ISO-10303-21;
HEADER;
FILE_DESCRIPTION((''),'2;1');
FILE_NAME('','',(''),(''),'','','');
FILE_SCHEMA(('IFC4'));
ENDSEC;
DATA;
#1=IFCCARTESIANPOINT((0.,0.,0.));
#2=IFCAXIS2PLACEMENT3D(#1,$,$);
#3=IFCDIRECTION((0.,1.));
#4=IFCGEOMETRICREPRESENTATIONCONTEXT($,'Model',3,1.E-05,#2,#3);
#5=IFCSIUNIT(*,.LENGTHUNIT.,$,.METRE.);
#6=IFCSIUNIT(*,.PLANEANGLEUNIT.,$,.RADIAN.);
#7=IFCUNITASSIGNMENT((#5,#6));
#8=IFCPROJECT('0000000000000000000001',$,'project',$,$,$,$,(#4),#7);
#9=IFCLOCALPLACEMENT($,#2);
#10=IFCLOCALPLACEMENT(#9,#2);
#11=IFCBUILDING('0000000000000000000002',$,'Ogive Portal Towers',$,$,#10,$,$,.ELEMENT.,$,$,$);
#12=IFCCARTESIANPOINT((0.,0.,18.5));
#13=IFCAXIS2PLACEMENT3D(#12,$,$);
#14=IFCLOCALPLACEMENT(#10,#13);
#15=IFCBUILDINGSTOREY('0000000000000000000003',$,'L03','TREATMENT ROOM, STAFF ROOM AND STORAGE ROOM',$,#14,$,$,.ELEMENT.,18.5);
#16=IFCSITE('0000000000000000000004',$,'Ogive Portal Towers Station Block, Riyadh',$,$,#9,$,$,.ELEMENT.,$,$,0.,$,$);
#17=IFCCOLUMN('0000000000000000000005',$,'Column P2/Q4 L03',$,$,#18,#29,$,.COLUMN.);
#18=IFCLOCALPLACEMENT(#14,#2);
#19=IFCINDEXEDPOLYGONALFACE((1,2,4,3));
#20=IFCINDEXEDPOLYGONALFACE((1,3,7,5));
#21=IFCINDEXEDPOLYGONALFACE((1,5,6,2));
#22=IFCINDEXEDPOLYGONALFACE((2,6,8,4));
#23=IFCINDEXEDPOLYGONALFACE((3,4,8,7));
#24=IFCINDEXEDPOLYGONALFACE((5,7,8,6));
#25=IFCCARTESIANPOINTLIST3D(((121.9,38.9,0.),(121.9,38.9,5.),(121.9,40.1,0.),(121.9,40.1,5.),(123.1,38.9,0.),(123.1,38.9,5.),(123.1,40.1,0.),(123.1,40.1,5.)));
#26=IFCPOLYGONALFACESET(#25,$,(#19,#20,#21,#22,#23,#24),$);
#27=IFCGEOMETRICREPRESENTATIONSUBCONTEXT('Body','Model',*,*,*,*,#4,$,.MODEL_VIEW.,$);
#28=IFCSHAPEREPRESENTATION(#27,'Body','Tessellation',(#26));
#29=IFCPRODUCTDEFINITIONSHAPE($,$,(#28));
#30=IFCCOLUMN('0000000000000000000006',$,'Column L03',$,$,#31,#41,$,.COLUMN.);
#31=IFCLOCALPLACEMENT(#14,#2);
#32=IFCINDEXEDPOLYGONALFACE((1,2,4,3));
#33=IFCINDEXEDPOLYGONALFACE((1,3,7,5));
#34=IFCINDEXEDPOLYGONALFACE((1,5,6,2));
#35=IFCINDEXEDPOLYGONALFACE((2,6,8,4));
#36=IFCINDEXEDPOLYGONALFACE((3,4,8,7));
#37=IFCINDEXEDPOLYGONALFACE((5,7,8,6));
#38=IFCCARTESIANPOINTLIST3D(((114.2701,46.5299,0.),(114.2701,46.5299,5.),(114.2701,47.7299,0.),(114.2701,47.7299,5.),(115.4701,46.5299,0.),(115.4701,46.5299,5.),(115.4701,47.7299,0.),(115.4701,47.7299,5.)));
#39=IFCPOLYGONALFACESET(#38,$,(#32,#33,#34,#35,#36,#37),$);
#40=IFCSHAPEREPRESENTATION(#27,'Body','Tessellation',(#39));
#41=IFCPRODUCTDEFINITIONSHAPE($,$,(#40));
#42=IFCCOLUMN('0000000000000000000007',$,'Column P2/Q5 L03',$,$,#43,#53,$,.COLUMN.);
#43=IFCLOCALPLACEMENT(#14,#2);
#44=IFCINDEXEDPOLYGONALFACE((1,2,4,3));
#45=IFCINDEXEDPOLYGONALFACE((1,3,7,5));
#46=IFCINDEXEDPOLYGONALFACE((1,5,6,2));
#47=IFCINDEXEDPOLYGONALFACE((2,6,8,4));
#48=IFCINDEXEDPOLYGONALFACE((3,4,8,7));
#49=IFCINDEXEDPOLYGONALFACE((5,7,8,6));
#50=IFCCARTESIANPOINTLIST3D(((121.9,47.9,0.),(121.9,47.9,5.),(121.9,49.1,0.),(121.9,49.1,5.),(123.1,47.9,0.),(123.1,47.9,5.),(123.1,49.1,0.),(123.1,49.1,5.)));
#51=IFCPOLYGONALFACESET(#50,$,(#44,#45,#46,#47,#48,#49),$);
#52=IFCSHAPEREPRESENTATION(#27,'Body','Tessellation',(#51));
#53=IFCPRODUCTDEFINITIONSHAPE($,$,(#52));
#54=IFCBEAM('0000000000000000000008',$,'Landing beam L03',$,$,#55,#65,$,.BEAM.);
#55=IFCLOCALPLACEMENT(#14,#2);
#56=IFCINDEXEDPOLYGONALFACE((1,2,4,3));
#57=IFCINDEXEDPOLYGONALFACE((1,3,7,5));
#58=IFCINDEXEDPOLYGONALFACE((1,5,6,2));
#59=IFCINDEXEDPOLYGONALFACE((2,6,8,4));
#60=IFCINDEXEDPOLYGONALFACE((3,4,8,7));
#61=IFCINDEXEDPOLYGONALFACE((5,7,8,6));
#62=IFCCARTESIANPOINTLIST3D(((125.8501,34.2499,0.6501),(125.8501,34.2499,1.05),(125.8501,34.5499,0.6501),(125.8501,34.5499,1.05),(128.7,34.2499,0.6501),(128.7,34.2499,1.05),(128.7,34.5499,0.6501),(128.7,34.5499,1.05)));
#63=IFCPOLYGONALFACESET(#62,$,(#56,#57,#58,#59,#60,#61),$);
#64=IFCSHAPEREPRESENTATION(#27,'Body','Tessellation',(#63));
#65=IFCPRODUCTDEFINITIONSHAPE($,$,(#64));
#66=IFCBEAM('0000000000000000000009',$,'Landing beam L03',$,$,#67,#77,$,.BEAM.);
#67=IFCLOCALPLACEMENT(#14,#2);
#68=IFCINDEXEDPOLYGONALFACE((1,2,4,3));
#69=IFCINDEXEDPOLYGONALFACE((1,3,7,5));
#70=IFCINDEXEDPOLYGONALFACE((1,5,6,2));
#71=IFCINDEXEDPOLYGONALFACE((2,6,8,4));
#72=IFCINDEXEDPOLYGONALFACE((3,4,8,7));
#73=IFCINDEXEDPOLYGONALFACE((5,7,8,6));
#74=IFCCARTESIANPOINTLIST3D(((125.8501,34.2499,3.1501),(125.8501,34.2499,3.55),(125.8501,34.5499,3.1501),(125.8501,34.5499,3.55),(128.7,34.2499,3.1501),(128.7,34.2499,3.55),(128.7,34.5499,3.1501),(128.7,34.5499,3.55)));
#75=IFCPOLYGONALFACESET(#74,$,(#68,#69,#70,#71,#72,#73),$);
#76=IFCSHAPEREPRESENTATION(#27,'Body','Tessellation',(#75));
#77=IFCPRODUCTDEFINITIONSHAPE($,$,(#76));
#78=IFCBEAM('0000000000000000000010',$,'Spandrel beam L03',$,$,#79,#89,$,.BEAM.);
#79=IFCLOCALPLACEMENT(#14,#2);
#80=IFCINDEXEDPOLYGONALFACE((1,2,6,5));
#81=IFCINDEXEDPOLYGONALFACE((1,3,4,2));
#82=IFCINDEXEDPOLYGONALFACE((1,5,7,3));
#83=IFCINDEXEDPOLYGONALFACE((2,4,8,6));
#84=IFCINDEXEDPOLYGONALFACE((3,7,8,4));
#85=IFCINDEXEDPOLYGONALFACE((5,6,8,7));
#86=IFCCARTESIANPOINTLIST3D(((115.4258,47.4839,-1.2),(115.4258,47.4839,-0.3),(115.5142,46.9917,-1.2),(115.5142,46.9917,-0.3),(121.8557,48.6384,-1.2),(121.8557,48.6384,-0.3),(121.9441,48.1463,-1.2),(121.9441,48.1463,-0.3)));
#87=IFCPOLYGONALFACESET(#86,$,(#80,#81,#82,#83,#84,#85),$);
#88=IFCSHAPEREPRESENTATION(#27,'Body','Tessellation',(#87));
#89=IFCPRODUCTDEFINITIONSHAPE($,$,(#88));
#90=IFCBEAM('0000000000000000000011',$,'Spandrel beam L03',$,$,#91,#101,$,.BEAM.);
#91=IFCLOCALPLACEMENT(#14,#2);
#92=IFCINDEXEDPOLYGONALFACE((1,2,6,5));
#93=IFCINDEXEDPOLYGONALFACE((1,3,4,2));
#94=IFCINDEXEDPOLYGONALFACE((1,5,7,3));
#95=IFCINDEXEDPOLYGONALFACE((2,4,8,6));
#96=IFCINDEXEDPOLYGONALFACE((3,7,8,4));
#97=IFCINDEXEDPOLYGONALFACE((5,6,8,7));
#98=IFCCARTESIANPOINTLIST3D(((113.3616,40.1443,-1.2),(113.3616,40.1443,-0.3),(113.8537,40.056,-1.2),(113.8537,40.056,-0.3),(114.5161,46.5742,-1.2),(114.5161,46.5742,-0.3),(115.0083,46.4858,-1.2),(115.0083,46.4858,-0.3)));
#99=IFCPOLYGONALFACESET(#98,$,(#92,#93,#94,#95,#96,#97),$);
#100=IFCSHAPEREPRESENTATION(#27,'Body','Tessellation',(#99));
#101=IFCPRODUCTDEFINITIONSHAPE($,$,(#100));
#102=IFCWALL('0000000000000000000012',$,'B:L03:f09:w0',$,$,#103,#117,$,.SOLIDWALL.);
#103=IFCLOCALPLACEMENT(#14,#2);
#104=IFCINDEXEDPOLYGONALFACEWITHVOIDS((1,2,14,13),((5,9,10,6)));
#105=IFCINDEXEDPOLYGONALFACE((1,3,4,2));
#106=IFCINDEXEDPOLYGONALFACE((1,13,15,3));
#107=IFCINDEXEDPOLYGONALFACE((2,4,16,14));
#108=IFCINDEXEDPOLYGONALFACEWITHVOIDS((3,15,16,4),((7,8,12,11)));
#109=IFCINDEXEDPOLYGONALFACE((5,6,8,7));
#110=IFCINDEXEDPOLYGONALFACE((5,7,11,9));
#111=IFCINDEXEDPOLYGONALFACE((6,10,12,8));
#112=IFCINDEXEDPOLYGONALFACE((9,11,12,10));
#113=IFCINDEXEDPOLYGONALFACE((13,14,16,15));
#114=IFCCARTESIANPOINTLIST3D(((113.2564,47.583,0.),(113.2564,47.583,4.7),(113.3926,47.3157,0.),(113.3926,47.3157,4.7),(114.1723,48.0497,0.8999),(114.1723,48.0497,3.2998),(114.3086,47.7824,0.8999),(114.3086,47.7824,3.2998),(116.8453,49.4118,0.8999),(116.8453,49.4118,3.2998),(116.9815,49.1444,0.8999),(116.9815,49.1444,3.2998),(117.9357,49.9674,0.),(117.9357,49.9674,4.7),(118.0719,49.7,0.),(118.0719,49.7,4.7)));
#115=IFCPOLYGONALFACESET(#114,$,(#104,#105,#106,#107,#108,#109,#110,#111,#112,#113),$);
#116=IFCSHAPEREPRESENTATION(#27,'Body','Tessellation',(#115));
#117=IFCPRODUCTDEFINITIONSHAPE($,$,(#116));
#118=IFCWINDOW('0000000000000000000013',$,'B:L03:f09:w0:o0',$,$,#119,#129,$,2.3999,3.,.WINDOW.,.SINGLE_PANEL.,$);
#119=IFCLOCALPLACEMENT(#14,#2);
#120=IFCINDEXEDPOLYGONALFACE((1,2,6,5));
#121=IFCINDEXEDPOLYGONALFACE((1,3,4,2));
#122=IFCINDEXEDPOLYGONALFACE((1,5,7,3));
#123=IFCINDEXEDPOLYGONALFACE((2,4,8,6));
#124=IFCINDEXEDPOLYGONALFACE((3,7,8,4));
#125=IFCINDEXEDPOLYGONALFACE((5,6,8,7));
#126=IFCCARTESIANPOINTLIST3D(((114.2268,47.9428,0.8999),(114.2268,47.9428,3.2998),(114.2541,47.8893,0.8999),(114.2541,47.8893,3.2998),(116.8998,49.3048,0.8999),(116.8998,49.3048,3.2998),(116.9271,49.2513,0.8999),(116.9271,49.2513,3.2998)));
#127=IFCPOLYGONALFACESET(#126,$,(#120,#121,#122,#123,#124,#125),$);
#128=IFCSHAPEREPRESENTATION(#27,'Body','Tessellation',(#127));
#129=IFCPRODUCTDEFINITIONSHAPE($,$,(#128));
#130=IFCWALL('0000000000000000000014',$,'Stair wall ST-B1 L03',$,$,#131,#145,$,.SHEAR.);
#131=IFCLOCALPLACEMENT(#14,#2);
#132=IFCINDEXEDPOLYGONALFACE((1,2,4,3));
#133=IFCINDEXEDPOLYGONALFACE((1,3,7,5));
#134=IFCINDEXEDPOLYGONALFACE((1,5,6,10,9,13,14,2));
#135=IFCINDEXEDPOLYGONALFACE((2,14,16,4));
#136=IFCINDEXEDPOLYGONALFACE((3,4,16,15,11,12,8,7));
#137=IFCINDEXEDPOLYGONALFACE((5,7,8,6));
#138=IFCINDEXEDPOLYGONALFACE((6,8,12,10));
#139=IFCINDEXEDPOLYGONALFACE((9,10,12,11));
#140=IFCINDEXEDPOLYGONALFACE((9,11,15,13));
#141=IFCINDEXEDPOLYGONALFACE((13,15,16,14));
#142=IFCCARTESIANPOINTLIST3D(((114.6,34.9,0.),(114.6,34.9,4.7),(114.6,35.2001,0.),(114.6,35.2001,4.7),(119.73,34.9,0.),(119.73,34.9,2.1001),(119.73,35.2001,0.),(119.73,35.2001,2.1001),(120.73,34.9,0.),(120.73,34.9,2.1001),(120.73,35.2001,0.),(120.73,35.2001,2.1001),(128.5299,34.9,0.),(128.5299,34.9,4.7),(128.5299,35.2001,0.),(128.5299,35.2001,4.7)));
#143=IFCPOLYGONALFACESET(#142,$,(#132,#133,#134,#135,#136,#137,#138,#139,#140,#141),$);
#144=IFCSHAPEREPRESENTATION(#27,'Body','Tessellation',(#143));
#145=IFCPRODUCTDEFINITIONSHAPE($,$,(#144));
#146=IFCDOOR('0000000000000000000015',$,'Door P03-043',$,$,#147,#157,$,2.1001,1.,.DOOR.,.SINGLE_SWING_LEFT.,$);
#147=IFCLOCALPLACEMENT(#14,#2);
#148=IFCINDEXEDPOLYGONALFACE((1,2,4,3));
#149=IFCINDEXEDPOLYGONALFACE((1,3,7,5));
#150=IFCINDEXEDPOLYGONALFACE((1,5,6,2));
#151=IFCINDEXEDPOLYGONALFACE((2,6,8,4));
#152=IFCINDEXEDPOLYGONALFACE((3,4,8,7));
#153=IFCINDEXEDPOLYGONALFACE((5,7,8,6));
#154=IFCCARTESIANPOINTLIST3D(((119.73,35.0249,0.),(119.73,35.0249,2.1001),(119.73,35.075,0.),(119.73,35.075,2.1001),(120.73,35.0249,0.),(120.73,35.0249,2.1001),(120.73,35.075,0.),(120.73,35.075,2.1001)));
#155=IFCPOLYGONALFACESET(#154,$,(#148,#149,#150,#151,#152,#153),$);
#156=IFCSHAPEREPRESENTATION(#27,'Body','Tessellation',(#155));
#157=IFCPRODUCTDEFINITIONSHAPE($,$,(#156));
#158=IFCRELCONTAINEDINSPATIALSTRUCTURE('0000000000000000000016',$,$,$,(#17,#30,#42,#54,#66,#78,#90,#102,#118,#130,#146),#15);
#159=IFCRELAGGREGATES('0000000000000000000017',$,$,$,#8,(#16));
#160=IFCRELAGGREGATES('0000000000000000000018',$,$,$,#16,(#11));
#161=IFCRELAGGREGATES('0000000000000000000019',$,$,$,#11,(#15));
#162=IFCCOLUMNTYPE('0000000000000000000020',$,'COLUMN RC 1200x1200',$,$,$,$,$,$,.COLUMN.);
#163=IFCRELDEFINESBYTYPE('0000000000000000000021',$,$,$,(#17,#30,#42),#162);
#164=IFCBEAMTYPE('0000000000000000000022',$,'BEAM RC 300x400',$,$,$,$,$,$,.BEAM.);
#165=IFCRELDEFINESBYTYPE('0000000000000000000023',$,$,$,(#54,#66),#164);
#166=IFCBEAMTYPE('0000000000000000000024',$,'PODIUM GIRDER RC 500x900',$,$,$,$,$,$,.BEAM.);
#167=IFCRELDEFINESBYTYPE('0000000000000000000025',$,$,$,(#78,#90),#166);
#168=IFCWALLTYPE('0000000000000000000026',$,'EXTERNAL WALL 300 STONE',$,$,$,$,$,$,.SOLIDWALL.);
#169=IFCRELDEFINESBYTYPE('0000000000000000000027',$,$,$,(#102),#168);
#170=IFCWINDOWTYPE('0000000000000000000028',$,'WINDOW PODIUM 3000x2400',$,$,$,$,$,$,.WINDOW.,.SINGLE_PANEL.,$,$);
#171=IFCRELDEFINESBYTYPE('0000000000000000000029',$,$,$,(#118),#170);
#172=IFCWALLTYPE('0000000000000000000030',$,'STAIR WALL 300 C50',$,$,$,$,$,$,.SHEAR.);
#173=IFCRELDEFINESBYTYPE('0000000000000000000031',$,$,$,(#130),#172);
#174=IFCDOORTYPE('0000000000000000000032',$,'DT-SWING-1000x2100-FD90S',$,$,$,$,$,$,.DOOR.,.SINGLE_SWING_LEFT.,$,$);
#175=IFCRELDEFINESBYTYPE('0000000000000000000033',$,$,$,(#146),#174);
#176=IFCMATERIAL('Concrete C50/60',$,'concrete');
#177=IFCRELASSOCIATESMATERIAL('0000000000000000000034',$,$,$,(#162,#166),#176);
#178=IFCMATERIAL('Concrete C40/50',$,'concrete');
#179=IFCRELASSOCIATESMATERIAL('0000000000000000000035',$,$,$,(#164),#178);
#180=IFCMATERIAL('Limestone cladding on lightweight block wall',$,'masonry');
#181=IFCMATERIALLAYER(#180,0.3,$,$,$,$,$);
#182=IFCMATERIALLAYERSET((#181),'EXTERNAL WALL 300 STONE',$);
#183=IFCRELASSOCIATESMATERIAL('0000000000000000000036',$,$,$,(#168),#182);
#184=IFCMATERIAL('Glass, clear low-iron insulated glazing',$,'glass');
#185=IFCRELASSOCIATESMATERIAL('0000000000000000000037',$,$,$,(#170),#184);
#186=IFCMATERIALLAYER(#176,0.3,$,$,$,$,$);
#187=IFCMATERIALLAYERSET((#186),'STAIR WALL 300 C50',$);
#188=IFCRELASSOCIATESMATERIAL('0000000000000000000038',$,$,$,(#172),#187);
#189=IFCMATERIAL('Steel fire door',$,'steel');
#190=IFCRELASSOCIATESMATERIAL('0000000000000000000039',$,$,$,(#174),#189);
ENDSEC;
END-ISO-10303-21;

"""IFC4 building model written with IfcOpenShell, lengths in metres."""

from ifc_helpers import new_model, si_unit, direction, frame, frame_2d, origin, origin_2d, place, context, subcontext, project, spatial, rectangle, extrude, material, layer, layer_set, material_profile, profile_set, type_object, element, fill, save


model = new_model("IFC4")

# Units and contexts
model_context = context("Model", 3, precision=1e-05, world=origin(), true_north=direction((0.0, 1.0)))
body_context = subcontext(model_context, "Body", "Model", "MODEL_VIEW")
ifc_project = project(units=[si_unit("LENGTHUNIT", "METRE"), si_unit("PLANEANGLEUNIT", "RADIAN")], contexts=[model_context])

# Site, building, storey
site_placement = place(None, origin())
site = spatial("IfcSite", under=ifc_project, at=site_placement, Name="Ogive Portal Towers Station Block, Riyadh", CompositionType="ELEMENT", RefElevation=0.0)
building_placement = place(site_placement, origin())
building = spatial("IfcBuilding", under=site, at=building_placement, Name="Ogive Portal Towers", CompositionType="ELEMENT")
storey_placement = place(building_placement, frame((0.0, 0.0, 18.5)))
storey = spatial("IfcBuildingStorey", under=building, at=storey_placement, Name="L03", Description="TREATMENT ROOM, STAFF ROOM AND STORAGE ROOM", CompositionType="ELEMENT", Elevation=18.5)

# Columns
ifc_material_1 = material(Name="Concrete C50/60", Category="concrete")
ifc_material_profile_1 = material_profile(ifc_material_1, rectangle(XDim=1.2, YDim=1.2, at=origin_2d()), Name="RC 1200x1200")
ifc_profile_set_1 = profile_set([ifc_material_profile_1], Name="Concrete C50/60")
column_type = type_object("IfcColumnType", Name="COLUMN RC 1200x1200", PredefinedType="COLUMN", material=ifc_profile_set_1)
for number, where, z_axis, x_axis, name in (
    (1, (122.5, 39.5, 0.0), (0.0, 0.0, 1.0), (1.0, 0.0, 0.0), "Column P2/Q4 L03"),
    (2, (114.8701, 47.1299, 0.0), (0.0, 0.0, 1.0), (1.0, 0.0, 0.0), "Column L03"),
    (3, (122.5, 48.5, 0.0), (0.0, 0.0, 1.0), (1.0, 0.0, 0.0), "Column P2/Q5 L03"),
):
    element("IfcColumn", number, at=place(storey_placement, frame(where, z_axis=z_axis, x_axis=x_axis)), inside=storey, type_object=column_type, Name=name, PredefinedType="COLUMN", context=body_context, shape_type="SweptSolid", body=[
        extrude(rectangle(XDim=1.2, YDim=1.2, at=origin_2d()), origin(), (0.0, 0.0, 1.0), 5.0),
    ])

# Beams
ifc_material_2 = material(Name="Concrete C40/50", Category="concrete")
ifc_material_profile_2 = material_profile(ifc_material_2, rectangle(XDim=0.3, YDim=0.3999, at=origin_2d()), Name="RC 300x400")
ifc_profile_set_2 = profile_set([ifc_material_profile_2], Name="Concrete C40/50")
beam_type_1 = type_object("IfcBeamType", Name="BEAM RC 300x400", PredefinedType="BEAM", material=ifc_profile_set_2)
for number, where, z_axis, x_axis, name in (
    (4, (125.8501, 34.3999, 0.8501), (1.0, 0.0, 0.0), (0.0, 1.0, 0.0), "Landing beam L03"),
    (5, (125.8501, 34.3999, 3.3501), (1.0, 0.0, 0.0), (0.0, 1.0, 0.0), "Landing beam L03"),
):
    element("IfcBeam", number, at=place(storey_placement, frame(where, z_axis=z_axis, x_axis=x_axis)), inside=storey, type_object=beam_type_1, Name=name, PredefinedType="BEAM", context=body_context, shape_type="SweptSolid", body=[
        extrude(rectangle(XDim=0.3, YDim=0.3999, at=origin_2d()), origin(), (0.0, 0.0, 1.0), 2.8499),
    ])
ifc_material_profile_3 = material_profile(ifc_material_1, rectangle(XDim=0.5, YDim=0.8999, at=origin_2d()), Name="RC 500x900")
ifc_profile_set_3 = profile_set([ifc_material_profile_3], Name="Concrete C50/60")
beam_type_2 = type_object("IfcBeamType", Name="PODIUM GIRDER RC 500x900", PredefinedType="BEAM", material=ifc_profile_set_3)
for number, where, z_axis, x_axis, name in (
    (6, (121.8999, 48.3923, -0.75), (-0.984259, -0.176731, 0.0), (0.176731, -0.984259, 0.0), "Spandrel beam L03"),
    (7, (114.7622, 46.53, -0.75), (-0.176731, -0.984259, 0.0), (0.984259, -0.176731, 0.0), "Spandrel beam L03"),
):
    element("IfcBeam", number, at=place(storey_placement, frame(where, z_axis=z_axis, x_axis=x_axis)), inside=storey, type_object=beam_type_2, Name=name, PredefinedType="BEAM", context=body_context, shape_type="SweptSolid", body=[
        extrude(rectangle(XDim=0.5, YDim=0.8999, at=origin_2d()), origin(), (0.0, 0.0, 1.0), 6.5327),
    ])

# Wall, opening, window
ifc_material_3 = material(Name="Limestone cladding on lightweight block wall", Category="masonry")
ifc_layer_1 = layer(ifc_material_3, 0.3)
ifc_layer_set_1 = layer_set([ifc_layer_1], Name="EXTERNAL WALL 300 STONE")
wall_type_1 = type_object("IfcWallType", Name="EXTERNAL WALL 300 STONE", PredefinedType="SOLIDWALL", material=ifc_layer_set_1)
wall_1_placement = place(storey_placement, frame((118.0039, 49.8337, 0.0), z_axis=(0.0, 0.0, 1.0), x_axis=(-0.890998, -0.454007, 0.0)))
wall_1 = element("IfcWall", 8, at=wall_1_placement, inside=storey, type_object=wall_type_1, Name="B:L03:f09:w0", PredefinedType="SOLIDWALL", context=body_context, shape_type="SweptSolid", body=[
    extrude(rectangle(XDim=5.2517, YDim=0.3, at=frame_2d((2.626, 0.0))), origin(), (0.0, 0.0, 1.0), 4.7),
])
opening_1_placement = place(wall_1_placement, frame((1.2239, 0.0, 0.8999)))
opening_1 = element("IfcOpeningElement", 9, at=opening_1_placement, cuts=wall_1, PredefinedType="OPENING", context=body_context, shape_type="SweptSolid", body=[
    extrude(rectangle(XDim=3.0, YDim=2.3999, at=frame_2d((1.5, 1.2))), frame((0.0, 0.1602, 0.0), z_axis=(0.0, -1.0, 0.0), x_axis=(1.0, 0.0, 0.0)), (0.0, 0.0, 1.0), 0.3201),
])
ifc_material_4 = material(Name="Glass, clear low-iron insulated glazing", Category="glass")
window_type = type_object("IfcWindowType", Name="WINDOW PODIUM 3000x2400", PartitioningType="SINGLE_PANEL", PredefinedType="WINDOW", material=ifc_material_4)
window_placement = place(opening_1_placement, origin())
window = element("IfcWindow", 10, at=window_placement, inside=storey, type_object=window_type, Name="B:L03:f09:w0:o0", OverallHeight=2.3999, OverallWidth=3.0, PartitioningType="SINGLE_PANEL", PredefinedType="WINDOW", context=body_context, shape_type="SweptSolid", body=[
    extrude(rectangle(XDim=3.0, YDim=2.3999, at=frame_2d((1.5, 1.2))), frame((0.0, 0.03, 0.0), z_axis=(0.0, -1.0, 0.0), x_axis=(1.0, 0.0, 0.0)), (0.0, 0.0, 1.0), 0.0601),
])
fill(opening_1, window)

# Wall, opening, door
ifc_layer_2 = layer(ifc_material_1, 0.3)
ifc_layer_set_2 = layer_set([ifc_layer_2], Name="STAIR WALL 300 C50")
wall_type_2 = type_object("IfcWallType", Name="STAIR WALL 300 C50", PredefinedType="SHEAR", material=ifc_layer_set_2)
wall_2_placement = place(storey_placement, frame((114.6001, 35.05, 0.0), z_axis=(0.0, 0.0, 1.0), x_axis=(1.0, 0.0, 0.0)))
wall_2 = element("IfcWall", 11, at=wall_2_placement, inside=storey, type_object=wall_type_2, Name="Stair wall ST-B1 L03", PredefinedType="SHEAR", context=body_context, shape_type="SweptSolid", body=[
    extrude(rectangle(XDim=13.9299, YDim=0.3, at=frame_2d((6.9648, 0.0))), origin(), (0.0, 0.0, 1.0), 4.7),
])
opening_2_placement = place(wall_2_placement, frame((5.1299, 0.0, 0.0)))
opening_2 = element("IfcOpeningElement", 12, at=opening_2_placement, cuts=wall_2, PredefinedType="OPENING", context=body_context, shape_type="SweptSolid", body=[
    extrude(rectangle(XDim=1.0, YDim=2.1001, at=frame_2d((0.5, 1.05))), frame((0.0, 0.1602, 0.0), z_axis=(0.0, -1.0, 0.0), x_axis=(1.0, 0.0, 0.0)), (0.0, 0.0, 1.0), 0.3201),
])
ifc_material_5 = material(Name="Steel fire door", Category="steel")
door_type_1 = type_object("IfcDoorType", Name="DT-SWING-1000x2100-FD90S", OperationType="SINGLE_SWING_LEFT", PredefinedType="DOOR", material=ifc_material_5)
door_1_placement = place(opening_2_placement, origin())
door_1 = element("IfcDoor", 13, at=door_1_placement, inside=storey, type_object=door_type_1, Name="Door P03-043", OperationType="SINGLE_SWING_LEFT", OverallHeight=2.1001, OverallWidth=1.0, PredefinedType="DOOR", context=body_context, shape_type="SweptSolid", body=[
    extrude(rectangle(XDim=1.0, YDim=2.1001, at=frame_2d((0.5, 1.05))), frame((0.0, 0.0249, 0.0), z_axis=(0.0, -1.0, 0.0), x_axis=(1.0, 0.0, 0.0)), (0.0, 0.0, 1.0), 0.05),
])
fill(opening_2, door_1)

save(model, "model.ifc")
